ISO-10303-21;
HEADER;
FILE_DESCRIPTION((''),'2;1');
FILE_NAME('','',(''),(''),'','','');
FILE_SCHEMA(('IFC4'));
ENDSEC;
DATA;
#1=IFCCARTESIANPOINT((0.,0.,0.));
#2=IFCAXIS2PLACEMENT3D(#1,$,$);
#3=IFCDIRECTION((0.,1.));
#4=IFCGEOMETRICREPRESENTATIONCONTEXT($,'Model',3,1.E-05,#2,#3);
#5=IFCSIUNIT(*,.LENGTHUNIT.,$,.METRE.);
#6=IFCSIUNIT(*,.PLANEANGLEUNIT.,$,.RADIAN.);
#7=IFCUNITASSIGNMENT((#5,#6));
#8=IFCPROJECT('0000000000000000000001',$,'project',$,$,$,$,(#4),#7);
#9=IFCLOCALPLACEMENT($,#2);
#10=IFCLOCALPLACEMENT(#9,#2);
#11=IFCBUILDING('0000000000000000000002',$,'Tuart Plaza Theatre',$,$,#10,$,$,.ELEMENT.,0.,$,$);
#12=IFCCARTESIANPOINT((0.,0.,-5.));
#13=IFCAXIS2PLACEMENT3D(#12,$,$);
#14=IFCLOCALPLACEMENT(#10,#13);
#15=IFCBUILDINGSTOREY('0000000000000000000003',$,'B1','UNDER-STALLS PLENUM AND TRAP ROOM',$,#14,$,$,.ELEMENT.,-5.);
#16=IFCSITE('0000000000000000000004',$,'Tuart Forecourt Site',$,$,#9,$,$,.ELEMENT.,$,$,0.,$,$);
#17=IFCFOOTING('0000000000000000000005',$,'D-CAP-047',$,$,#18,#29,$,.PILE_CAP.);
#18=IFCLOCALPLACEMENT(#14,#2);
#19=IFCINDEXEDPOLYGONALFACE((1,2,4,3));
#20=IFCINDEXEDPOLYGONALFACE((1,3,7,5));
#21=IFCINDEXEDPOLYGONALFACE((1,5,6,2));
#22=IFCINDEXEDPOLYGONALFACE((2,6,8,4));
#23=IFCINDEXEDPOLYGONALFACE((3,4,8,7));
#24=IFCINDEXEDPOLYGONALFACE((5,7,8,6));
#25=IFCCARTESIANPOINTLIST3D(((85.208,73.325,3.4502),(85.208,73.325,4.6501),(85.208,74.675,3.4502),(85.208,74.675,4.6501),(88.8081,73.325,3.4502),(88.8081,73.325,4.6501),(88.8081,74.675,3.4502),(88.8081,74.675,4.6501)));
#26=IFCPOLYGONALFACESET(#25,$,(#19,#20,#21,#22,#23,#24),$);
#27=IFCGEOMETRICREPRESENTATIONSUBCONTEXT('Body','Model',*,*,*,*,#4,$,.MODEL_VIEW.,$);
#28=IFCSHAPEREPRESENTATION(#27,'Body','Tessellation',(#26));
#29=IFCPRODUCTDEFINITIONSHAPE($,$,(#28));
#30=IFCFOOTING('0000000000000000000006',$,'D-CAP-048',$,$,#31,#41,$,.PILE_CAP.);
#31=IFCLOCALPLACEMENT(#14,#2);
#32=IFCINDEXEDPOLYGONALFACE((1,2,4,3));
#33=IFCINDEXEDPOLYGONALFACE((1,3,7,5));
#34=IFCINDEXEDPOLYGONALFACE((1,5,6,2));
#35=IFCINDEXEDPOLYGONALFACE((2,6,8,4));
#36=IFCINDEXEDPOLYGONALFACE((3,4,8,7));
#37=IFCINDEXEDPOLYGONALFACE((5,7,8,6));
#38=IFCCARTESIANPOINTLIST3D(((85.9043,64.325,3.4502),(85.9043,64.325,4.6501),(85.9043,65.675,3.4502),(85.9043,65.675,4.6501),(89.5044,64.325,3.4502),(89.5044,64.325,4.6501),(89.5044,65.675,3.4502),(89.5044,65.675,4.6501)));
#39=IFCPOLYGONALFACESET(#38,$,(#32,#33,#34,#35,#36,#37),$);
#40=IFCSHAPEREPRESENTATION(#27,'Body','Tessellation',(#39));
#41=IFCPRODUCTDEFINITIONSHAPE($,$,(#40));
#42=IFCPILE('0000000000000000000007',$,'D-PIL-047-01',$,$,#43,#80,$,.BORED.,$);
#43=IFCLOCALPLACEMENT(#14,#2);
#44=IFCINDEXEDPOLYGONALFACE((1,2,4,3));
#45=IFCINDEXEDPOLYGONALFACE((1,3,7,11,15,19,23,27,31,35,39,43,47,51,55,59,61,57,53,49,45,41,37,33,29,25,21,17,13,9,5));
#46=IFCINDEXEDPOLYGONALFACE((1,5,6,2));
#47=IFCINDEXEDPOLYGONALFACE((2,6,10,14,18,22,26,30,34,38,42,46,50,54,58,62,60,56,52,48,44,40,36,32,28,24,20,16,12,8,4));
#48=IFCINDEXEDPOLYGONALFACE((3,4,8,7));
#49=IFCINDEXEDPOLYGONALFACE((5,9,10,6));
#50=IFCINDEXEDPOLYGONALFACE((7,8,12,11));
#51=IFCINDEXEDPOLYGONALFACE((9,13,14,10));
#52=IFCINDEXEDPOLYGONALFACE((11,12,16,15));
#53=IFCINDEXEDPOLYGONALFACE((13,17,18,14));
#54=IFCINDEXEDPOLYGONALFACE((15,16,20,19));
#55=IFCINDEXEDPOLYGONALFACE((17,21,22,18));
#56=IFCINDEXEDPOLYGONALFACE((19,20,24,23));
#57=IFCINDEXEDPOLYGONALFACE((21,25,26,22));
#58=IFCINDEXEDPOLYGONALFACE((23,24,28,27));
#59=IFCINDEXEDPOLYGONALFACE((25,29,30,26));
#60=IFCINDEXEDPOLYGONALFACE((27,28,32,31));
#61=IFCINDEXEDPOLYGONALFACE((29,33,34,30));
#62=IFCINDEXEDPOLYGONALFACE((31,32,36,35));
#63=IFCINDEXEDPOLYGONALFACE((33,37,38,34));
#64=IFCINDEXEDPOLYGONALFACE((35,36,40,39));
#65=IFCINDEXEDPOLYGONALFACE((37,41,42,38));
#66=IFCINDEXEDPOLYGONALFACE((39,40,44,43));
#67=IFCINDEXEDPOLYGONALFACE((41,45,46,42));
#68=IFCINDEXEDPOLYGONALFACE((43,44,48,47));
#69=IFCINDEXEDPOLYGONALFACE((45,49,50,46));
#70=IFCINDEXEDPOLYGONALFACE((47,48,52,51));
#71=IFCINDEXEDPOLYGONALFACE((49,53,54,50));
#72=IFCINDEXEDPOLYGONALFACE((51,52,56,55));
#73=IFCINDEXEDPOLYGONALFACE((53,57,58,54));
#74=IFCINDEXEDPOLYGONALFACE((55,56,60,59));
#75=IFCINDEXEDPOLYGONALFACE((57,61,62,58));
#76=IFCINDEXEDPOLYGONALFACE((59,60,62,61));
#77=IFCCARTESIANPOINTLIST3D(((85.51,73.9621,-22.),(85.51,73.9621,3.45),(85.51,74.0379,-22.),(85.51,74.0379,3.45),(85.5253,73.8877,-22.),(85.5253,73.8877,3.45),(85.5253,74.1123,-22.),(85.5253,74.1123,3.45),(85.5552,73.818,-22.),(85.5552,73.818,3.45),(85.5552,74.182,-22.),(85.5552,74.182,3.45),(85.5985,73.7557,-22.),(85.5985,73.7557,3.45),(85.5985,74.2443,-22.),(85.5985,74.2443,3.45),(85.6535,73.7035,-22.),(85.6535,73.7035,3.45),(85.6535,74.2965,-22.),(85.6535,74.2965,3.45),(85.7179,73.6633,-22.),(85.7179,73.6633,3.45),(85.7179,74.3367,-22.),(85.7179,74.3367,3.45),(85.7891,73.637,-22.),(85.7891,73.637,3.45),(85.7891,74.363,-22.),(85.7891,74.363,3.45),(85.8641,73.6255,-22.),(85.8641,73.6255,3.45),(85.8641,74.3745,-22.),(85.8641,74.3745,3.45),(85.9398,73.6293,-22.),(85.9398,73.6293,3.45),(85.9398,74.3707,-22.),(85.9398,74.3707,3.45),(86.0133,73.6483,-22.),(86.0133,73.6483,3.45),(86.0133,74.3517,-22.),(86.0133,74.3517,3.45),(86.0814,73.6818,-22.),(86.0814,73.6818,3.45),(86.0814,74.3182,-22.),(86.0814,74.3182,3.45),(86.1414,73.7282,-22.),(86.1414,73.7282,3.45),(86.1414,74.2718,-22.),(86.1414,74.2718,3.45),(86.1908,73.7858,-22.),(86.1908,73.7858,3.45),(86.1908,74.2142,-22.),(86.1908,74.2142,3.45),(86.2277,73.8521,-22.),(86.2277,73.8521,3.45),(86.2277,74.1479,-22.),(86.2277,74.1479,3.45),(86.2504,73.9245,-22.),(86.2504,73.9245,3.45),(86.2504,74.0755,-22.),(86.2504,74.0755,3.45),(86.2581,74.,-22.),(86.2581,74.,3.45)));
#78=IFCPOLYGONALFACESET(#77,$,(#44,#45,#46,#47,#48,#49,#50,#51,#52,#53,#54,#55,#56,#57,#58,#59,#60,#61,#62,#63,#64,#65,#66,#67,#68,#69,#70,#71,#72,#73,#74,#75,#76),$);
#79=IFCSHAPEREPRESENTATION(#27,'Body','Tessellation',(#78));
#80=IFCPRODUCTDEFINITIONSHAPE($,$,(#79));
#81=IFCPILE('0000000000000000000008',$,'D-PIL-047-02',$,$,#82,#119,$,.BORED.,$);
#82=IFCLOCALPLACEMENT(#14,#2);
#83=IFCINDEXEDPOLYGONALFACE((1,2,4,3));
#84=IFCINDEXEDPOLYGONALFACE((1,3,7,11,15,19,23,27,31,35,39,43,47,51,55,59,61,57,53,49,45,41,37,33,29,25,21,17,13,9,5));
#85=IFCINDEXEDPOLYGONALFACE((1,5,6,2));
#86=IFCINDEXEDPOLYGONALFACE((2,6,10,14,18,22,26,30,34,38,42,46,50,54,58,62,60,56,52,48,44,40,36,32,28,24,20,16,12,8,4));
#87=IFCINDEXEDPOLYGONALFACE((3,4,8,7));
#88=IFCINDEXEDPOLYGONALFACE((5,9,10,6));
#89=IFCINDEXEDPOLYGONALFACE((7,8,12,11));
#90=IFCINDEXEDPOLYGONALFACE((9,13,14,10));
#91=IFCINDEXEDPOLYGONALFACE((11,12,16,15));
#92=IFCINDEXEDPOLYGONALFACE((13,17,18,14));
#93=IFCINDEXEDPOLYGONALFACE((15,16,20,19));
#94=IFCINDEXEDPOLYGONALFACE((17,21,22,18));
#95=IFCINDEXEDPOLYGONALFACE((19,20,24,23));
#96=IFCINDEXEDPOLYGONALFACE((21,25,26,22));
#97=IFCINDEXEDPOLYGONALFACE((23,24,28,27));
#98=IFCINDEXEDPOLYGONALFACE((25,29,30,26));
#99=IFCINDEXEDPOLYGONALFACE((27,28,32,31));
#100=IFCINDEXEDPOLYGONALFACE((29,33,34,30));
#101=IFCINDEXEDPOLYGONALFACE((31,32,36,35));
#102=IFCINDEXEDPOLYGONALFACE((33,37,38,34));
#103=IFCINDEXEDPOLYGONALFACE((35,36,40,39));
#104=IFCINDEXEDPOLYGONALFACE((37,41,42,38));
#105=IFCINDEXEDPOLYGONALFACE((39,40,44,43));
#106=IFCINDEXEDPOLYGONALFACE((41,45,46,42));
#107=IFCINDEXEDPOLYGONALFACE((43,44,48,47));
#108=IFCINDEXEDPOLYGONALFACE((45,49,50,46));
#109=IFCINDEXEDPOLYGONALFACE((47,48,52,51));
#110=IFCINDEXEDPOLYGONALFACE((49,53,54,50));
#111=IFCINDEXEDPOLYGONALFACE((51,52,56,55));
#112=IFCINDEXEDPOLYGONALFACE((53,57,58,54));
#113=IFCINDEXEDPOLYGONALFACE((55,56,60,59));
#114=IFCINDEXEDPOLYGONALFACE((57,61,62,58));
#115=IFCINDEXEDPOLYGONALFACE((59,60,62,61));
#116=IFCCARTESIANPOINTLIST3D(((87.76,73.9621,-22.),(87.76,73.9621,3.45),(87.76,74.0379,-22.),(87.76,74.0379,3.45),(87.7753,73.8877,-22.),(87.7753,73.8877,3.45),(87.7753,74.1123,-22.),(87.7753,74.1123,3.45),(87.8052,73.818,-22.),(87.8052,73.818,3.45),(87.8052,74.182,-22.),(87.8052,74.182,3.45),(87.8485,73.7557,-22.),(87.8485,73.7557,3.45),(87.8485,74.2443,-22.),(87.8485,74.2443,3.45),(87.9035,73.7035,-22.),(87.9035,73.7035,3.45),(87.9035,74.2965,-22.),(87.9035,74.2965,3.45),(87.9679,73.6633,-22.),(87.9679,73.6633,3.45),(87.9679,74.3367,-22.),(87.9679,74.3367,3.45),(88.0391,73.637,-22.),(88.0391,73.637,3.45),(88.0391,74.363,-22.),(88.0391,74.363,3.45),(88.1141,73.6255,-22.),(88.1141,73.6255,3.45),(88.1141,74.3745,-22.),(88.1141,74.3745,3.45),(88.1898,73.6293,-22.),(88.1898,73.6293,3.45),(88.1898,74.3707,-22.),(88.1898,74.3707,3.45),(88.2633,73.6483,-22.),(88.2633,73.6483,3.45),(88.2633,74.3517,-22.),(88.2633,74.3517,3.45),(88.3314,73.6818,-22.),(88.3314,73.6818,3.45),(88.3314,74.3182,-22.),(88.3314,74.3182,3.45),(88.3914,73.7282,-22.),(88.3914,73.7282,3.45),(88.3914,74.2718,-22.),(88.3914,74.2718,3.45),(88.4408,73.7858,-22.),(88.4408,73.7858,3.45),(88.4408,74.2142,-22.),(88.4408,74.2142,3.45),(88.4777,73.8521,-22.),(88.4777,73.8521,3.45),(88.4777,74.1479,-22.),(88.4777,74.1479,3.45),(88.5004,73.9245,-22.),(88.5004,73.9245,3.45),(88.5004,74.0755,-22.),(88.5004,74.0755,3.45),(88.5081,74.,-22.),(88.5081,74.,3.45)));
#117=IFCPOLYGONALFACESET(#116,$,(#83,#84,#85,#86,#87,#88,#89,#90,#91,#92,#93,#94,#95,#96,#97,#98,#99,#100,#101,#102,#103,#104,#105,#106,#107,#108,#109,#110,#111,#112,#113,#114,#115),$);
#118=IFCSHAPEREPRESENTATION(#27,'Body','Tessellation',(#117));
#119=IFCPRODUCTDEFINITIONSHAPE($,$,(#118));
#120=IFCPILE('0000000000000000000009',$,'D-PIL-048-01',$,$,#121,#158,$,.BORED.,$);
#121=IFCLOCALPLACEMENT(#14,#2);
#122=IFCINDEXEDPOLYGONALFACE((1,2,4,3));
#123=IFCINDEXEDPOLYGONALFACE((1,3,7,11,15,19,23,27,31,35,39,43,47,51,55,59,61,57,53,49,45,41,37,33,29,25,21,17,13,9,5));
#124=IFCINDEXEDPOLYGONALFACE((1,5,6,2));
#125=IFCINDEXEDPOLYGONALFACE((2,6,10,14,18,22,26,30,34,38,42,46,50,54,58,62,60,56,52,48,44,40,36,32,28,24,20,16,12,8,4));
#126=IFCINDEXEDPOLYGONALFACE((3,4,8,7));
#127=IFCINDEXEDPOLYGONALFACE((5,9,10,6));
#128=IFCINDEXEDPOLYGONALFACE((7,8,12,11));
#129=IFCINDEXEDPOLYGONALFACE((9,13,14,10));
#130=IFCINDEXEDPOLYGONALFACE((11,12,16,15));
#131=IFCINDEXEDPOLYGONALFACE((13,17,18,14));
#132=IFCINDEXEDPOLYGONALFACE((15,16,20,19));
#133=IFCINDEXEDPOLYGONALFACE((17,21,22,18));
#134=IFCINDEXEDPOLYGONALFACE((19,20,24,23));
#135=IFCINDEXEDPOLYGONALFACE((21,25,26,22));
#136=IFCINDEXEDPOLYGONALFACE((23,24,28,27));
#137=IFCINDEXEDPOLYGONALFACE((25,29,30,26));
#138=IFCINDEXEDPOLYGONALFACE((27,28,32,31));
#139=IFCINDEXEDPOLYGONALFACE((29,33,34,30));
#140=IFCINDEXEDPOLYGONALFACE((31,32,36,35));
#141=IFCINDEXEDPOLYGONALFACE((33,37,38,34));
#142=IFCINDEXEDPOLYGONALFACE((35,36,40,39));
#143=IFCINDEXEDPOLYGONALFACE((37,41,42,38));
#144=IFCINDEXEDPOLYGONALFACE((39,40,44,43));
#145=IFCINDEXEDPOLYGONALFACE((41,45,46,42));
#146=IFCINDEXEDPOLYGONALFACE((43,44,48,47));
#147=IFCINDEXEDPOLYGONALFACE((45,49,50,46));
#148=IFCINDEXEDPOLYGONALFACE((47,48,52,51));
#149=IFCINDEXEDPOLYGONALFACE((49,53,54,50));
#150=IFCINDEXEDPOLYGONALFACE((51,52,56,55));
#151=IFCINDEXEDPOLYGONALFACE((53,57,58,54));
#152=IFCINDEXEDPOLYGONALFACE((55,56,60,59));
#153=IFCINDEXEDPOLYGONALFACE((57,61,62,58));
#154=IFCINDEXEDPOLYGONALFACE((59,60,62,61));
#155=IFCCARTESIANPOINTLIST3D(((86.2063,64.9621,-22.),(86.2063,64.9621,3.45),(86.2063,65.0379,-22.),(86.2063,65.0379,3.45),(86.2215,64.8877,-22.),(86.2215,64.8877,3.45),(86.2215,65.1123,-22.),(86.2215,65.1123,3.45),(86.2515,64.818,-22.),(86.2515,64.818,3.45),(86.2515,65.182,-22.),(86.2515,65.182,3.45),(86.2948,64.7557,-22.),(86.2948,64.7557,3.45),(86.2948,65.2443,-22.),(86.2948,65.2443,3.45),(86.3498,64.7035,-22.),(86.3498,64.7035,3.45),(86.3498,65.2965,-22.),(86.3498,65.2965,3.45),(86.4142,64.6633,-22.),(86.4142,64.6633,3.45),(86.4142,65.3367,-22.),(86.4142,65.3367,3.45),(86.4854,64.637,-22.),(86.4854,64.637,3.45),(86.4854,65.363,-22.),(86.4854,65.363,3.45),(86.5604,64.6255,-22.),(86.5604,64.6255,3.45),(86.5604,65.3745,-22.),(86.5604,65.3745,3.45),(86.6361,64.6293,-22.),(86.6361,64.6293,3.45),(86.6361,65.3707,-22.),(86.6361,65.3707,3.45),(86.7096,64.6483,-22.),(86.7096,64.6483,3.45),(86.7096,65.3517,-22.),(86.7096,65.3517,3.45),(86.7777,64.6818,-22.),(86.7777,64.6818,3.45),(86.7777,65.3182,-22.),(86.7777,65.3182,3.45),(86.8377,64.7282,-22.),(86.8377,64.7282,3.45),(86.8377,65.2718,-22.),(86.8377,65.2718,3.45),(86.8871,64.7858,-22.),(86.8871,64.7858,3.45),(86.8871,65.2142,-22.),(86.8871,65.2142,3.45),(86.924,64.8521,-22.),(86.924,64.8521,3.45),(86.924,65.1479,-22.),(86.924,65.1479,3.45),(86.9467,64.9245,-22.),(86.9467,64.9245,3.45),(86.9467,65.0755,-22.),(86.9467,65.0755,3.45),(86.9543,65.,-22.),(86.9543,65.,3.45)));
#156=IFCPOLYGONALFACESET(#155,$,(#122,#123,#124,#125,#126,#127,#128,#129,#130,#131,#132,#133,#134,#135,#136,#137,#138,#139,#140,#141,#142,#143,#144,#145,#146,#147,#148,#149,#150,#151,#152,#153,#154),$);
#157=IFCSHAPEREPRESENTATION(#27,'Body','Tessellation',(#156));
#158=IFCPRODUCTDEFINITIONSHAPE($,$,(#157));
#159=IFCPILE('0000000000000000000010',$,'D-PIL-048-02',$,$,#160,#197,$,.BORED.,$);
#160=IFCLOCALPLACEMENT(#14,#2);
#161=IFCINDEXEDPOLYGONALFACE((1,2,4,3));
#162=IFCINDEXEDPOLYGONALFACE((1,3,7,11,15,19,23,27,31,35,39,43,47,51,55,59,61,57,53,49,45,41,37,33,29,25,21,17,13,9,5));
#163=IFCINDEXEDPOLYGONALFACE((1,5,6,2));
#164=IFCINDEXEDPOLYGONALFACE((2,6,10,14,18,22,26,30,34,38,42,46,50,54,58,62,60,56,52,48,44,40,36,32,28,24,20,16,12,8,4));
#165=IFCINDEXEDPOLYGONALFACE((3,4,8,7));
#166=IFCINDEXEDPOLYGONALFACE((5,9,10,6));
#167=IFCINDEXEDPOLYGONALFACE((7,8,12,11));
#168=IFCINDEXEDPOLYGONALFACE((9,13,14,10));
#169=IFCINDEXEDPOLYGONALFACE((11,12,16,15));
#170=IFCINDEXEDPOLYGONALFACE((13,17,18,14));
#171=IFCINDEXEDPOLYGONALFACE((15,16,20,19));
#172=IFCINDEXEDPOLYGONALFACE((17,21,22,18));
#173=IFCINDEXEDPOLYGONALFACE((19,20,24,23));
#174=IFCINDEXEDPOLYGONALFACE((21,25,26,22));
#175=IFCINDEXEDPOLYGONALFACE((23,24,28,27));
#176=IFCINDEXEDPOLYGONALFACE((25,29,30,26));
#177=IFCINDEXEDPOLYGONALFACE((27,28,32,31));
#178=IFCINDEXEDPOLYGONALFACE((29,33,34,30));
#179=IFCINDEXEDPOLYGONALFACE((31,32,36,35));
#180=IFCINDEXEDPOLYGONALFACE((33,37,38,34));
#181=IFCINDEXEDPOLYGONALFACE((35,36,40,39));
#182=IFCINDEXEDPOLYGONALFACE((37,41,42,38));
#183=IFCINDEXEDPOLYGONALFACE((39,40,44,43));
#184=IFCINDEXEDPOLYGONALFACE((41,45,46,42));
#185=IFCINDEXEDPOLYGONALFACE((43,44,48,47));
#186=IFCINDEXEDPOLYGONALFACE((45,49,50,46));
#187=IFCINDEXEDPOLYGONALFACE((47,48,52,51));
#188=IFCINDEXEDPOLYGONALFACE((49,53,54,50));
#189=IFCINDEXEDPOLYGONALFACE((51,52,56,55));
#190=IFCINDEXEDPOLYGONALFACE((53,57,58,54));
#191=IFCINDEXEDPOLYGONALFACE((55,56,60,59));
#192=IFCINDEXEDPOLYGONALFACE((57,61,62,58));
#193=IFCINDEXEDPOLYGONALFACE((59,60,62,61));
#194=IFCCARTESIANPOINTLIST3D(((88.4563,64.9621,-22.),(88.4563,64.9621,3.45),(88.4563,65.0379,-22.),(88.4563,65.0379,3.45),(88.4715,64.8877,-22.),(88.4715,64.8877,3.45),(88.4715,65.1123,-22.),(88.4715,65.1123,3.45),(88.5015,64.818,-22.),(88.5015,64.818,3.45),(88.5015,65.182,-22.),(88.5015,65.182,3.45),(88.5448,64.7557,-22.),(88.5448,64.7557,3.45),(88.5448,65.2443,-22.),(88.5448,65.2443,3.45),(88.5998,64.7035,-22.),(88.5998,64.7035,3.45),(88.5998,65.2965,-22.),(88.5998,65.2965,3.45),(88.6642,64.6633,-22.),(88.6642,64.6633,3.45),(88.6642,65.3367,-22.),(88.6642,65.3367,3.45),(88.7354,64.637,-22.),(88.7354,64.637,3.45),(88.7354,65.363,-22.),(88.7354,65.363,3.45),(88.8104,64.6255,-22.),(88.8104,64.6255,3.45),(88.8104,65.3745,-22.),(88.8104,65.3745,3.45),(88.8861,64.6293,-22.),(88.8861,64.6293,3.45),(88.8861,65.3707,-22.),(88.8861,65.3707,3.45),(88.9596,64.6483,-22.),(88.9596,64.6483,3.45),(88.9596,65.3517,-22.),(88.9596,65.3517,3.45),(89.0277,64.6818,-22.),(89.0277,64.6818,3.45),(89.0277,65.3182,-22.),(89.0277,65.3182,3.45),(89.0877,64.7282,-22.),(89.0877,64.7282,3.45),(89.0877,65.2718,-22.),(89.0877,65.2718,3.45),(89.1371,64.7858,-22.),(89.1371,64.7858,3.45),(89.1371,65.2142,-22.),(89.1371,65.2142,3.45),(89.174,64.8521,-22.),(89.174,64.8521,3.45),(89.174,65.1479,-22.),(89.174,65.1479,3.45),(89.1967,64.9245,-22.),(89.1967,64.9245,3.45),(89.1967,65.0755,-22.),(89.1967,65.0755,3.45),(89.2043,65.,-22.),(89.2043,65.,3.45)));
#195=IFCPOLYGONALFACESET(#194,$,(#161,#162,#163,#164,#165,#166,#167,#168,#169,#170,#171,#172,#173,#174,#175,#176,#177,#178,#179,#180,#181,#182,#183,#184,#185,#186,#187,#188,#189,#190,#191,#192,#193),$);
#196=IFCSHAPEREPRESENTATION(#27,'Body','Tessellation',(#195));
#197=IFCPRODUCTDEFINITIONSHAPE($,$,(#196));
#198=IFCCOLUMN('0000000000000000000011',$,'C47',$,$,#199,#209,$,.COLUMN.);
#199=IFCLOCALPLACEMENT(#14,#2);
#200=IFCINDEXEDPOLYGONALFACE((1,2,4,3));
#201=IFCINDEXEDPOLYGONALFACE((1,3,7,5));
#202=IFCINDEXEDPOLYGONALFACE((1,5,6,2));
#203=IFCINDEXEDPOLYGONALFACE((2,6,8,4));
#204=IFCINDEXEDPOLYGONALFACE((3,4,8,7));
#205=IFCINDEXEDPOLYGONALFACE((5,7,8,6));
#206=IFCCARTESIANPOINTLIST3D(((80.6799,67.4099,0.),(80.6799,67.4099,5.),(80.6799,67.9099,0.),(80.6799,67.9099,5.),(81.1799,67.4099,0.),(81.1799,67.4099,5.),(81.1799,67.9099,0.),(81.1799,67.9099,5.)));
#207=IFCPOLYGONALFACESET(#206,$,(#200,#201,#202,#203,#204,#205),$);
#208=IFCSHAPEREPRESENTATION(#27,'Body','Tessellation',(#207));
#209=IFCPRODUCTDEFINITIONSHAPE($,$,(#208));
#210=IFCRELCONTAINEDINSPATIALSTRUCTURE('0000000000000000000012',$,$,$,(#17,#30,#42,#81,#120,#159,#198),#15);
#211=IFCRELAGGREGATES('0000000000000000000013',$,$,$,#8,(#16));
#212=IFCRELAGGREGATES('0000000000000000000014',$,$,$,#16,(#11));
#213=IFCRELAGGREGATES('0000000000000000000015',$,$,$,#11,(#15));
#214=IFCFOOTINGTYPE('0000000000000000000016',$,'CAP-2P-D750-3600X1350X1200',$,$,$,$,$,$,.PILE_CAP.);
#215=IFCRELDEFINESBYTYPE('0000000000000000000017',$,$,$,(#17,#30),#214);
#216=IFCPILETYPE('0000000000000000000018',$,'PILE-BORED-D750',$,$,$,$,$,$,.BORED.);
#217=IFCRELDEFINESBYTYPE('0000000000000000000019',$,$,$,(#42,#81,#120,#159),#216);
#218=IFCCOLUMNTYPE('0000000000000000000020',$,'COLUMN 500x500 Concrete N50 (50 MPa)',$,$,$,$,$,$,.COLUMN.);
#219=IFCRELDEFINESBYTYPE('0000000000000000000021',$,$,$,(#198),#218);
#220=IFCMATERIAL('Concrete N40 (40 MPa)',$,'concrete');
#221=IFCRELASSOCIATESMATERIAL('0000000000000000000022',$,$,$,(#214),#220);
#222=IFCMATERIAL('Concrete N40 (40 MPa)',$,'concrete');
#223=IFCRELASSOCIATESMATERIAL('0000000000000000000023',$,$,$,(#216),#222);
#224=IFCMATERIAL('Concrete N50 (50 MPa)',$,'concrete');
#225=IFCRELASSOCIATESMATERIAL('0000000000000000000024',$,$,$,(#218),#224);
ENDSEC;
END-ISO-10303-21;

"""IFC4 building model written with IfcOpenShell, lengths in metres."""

from ifc_helpers import new_model, si_unit, direction, frame, origin, origin_2d, place, context, subcontext, project, spatial, rectangle, circle, extrude, material, material_profile, profile_set, type_object, element, save


model = new_model("IFC4")

# Units and contexts
model_context = context("Model", 3, precision=1e-05, world=origin(), true_north=direction((0.0, 1.0)))
body_context = subcontext(model_context, "Body", "Model", "MODEL_VIEW")
ifc_project = project(units=[si_unit("LENGTHUNIT", "METRE"), si_unit("PLANEANGLEUNIT", "RADIAN")], contexts=[model_context])

# Site, building, storey
site_placement = place(None, origin())
site = spatial("IfcSite", under=ifc_project, at=site_placement, Name="Tuart Forecourt Site", CompositionType="ELEMENT", RefElevation=0.0)
building_placement = place(site_placement, origin())
building = spatial("IfcBuilding", under=site, at=building_placement, Name="Tuart Plaza Theatre", CompositionType="ELEMENT", ElevationOfRefHeight=0.0)
storey_placement = place(building_placement, frame((0.0, 0.0, -5.0)))
storey = spatial("IfcBuildingStorey", under=building, at=storey_placement, Name="B1", Description="UNDER-STALLS PLENUM AND TRAP ROOM", CompositionType="ELEMENT", Elevation=-5.0)

# Footings
ifc_material_1 = material(Name="Concrete N40 (40 MPa)", Category="concrete")
footing_type = type_object("IfcFootingType", Name="CAP-2P-D750-3600X1350X1200", PredefinedType="PILE_CAP", material=ifc_material_1)
for number, where, z_axis, x_axis, name in (
    (1, (87.0081, 74.0, 3.4502), (0.0, 0.0, 1.0), (1.0, 0.0, 0.0), "D-CAP-047"),
    (2, (87.7043, 65.0, 3.4502), (0.0, 0.0, 1.0), (1.0, 0.0, 0.0), "D-CAP-048"),
):
    element("IfcFooting", number, at=place(storey_placement, frame(where, z_axis=z_axis, x_axis=x_axis)), inside=storey, type_object=footing_type, Name=name, PredefinedType="PILE_CAP", context=body_context, shape_type="SweptSolid", body=[
        extrude(rectangle(XDim=3.6001, YDim=1.3501, at=origin_2d()), origin(), (0.0, 0.0, 1.0), 1.2),
    ])

# Piles
ifc_material_2 = material(Name="Concrete N40 (40 MPa)", Category="concrete")
ifc_material_profile_1 = material_profile(ifc_material_2, circle(Radius=0.375, at=origin_2d()), Name="PILE-BORED-D750")
ifc_profile_set_1 = profile_set([ifc_material_profile_1], Name="Concrete N40 (40 MPa)")
pile_type = type_object("IfcPileType", Name="PILE-BORED-D750", PredefinedType="BORED", material=ifc_profile_set_1)
for number, where, z_axis, x_axis, name in (
    (3, (85.8831, 74.0, 3.45), (0.0, 0.0, -1.0), (1.0, 0.0, 0.0), "D-PIL-047-01"),
    (4, (88.1331, 74.0, 3.45), (0.0, 0.0, -1.0), (1.0, 0.0, 0.0), "D-PIL-047-02"),
    (5, (86.5793, 65.0, 3.45), (0.0, 0.0, -1.0), (1.0, 0.0, 0.0), "D-PIL-048-01"),
    (6, (88.8293, 65.0, 3.45), (0.0, 0.0, -1.0), (1.0, 0.0, 0.0), "D-PIL-048-02"),
):
    element("IfcPile", number, at=place(storey_placement, frame(where, z_axis=z_axis, x_axis=x_axis)), inside=storey, type_object=pile_type, Name=name, PredefinedType="BORED", context=body_context, shape_type="SweptSolid", body=[
        extrude(circle(Radius=0.375, at=origin_2d()), origin(), (0.0, 0.0, 1.0), 25.45),
    ])

# Column
ifc_material_3 = material(Name="Concrete N50 (50 MPa)", Category="concrete")
ifc_material_profile_2 = material_profile(ifc_material_3, rectangle(XDim=0.5, YDim=0.5, at=origin_2d()), Name="COLUMN 500x500 Concrete N50 (50 MPa)")
ifc_profile_set_2 = profile_set([ifc_material_profile_2], Name="Concrete N50 (50 MPa)")
column_type_1 = type_object("IfcColumnType", Name="COLUMN 500x500 Concrete N50 (50 MPa)", PredefinedType="COLUMN", material=ifc_profile_set_2)
column_1_placement = place(storey_placement, frame((80.9299, 67.6599, 0.0), z_axis=(0.0, 0.0, 1.0), x_axis=(1.0, 0.0, 0.0)))
element("IfcColumn", 7, at=column_1_placement, inside=storey, type_object=column_type_1, Name="C47", PredefinedType="COLUMN", context=body_context, shape_type="SweptSolid", body=[
    extrude(rectangle(XDim=0.5, YDim=0.5, at=origin_2d()), origin(), (0.0, 0.0, 1.0), 5.0),
])

save(model, "model.ifc")
